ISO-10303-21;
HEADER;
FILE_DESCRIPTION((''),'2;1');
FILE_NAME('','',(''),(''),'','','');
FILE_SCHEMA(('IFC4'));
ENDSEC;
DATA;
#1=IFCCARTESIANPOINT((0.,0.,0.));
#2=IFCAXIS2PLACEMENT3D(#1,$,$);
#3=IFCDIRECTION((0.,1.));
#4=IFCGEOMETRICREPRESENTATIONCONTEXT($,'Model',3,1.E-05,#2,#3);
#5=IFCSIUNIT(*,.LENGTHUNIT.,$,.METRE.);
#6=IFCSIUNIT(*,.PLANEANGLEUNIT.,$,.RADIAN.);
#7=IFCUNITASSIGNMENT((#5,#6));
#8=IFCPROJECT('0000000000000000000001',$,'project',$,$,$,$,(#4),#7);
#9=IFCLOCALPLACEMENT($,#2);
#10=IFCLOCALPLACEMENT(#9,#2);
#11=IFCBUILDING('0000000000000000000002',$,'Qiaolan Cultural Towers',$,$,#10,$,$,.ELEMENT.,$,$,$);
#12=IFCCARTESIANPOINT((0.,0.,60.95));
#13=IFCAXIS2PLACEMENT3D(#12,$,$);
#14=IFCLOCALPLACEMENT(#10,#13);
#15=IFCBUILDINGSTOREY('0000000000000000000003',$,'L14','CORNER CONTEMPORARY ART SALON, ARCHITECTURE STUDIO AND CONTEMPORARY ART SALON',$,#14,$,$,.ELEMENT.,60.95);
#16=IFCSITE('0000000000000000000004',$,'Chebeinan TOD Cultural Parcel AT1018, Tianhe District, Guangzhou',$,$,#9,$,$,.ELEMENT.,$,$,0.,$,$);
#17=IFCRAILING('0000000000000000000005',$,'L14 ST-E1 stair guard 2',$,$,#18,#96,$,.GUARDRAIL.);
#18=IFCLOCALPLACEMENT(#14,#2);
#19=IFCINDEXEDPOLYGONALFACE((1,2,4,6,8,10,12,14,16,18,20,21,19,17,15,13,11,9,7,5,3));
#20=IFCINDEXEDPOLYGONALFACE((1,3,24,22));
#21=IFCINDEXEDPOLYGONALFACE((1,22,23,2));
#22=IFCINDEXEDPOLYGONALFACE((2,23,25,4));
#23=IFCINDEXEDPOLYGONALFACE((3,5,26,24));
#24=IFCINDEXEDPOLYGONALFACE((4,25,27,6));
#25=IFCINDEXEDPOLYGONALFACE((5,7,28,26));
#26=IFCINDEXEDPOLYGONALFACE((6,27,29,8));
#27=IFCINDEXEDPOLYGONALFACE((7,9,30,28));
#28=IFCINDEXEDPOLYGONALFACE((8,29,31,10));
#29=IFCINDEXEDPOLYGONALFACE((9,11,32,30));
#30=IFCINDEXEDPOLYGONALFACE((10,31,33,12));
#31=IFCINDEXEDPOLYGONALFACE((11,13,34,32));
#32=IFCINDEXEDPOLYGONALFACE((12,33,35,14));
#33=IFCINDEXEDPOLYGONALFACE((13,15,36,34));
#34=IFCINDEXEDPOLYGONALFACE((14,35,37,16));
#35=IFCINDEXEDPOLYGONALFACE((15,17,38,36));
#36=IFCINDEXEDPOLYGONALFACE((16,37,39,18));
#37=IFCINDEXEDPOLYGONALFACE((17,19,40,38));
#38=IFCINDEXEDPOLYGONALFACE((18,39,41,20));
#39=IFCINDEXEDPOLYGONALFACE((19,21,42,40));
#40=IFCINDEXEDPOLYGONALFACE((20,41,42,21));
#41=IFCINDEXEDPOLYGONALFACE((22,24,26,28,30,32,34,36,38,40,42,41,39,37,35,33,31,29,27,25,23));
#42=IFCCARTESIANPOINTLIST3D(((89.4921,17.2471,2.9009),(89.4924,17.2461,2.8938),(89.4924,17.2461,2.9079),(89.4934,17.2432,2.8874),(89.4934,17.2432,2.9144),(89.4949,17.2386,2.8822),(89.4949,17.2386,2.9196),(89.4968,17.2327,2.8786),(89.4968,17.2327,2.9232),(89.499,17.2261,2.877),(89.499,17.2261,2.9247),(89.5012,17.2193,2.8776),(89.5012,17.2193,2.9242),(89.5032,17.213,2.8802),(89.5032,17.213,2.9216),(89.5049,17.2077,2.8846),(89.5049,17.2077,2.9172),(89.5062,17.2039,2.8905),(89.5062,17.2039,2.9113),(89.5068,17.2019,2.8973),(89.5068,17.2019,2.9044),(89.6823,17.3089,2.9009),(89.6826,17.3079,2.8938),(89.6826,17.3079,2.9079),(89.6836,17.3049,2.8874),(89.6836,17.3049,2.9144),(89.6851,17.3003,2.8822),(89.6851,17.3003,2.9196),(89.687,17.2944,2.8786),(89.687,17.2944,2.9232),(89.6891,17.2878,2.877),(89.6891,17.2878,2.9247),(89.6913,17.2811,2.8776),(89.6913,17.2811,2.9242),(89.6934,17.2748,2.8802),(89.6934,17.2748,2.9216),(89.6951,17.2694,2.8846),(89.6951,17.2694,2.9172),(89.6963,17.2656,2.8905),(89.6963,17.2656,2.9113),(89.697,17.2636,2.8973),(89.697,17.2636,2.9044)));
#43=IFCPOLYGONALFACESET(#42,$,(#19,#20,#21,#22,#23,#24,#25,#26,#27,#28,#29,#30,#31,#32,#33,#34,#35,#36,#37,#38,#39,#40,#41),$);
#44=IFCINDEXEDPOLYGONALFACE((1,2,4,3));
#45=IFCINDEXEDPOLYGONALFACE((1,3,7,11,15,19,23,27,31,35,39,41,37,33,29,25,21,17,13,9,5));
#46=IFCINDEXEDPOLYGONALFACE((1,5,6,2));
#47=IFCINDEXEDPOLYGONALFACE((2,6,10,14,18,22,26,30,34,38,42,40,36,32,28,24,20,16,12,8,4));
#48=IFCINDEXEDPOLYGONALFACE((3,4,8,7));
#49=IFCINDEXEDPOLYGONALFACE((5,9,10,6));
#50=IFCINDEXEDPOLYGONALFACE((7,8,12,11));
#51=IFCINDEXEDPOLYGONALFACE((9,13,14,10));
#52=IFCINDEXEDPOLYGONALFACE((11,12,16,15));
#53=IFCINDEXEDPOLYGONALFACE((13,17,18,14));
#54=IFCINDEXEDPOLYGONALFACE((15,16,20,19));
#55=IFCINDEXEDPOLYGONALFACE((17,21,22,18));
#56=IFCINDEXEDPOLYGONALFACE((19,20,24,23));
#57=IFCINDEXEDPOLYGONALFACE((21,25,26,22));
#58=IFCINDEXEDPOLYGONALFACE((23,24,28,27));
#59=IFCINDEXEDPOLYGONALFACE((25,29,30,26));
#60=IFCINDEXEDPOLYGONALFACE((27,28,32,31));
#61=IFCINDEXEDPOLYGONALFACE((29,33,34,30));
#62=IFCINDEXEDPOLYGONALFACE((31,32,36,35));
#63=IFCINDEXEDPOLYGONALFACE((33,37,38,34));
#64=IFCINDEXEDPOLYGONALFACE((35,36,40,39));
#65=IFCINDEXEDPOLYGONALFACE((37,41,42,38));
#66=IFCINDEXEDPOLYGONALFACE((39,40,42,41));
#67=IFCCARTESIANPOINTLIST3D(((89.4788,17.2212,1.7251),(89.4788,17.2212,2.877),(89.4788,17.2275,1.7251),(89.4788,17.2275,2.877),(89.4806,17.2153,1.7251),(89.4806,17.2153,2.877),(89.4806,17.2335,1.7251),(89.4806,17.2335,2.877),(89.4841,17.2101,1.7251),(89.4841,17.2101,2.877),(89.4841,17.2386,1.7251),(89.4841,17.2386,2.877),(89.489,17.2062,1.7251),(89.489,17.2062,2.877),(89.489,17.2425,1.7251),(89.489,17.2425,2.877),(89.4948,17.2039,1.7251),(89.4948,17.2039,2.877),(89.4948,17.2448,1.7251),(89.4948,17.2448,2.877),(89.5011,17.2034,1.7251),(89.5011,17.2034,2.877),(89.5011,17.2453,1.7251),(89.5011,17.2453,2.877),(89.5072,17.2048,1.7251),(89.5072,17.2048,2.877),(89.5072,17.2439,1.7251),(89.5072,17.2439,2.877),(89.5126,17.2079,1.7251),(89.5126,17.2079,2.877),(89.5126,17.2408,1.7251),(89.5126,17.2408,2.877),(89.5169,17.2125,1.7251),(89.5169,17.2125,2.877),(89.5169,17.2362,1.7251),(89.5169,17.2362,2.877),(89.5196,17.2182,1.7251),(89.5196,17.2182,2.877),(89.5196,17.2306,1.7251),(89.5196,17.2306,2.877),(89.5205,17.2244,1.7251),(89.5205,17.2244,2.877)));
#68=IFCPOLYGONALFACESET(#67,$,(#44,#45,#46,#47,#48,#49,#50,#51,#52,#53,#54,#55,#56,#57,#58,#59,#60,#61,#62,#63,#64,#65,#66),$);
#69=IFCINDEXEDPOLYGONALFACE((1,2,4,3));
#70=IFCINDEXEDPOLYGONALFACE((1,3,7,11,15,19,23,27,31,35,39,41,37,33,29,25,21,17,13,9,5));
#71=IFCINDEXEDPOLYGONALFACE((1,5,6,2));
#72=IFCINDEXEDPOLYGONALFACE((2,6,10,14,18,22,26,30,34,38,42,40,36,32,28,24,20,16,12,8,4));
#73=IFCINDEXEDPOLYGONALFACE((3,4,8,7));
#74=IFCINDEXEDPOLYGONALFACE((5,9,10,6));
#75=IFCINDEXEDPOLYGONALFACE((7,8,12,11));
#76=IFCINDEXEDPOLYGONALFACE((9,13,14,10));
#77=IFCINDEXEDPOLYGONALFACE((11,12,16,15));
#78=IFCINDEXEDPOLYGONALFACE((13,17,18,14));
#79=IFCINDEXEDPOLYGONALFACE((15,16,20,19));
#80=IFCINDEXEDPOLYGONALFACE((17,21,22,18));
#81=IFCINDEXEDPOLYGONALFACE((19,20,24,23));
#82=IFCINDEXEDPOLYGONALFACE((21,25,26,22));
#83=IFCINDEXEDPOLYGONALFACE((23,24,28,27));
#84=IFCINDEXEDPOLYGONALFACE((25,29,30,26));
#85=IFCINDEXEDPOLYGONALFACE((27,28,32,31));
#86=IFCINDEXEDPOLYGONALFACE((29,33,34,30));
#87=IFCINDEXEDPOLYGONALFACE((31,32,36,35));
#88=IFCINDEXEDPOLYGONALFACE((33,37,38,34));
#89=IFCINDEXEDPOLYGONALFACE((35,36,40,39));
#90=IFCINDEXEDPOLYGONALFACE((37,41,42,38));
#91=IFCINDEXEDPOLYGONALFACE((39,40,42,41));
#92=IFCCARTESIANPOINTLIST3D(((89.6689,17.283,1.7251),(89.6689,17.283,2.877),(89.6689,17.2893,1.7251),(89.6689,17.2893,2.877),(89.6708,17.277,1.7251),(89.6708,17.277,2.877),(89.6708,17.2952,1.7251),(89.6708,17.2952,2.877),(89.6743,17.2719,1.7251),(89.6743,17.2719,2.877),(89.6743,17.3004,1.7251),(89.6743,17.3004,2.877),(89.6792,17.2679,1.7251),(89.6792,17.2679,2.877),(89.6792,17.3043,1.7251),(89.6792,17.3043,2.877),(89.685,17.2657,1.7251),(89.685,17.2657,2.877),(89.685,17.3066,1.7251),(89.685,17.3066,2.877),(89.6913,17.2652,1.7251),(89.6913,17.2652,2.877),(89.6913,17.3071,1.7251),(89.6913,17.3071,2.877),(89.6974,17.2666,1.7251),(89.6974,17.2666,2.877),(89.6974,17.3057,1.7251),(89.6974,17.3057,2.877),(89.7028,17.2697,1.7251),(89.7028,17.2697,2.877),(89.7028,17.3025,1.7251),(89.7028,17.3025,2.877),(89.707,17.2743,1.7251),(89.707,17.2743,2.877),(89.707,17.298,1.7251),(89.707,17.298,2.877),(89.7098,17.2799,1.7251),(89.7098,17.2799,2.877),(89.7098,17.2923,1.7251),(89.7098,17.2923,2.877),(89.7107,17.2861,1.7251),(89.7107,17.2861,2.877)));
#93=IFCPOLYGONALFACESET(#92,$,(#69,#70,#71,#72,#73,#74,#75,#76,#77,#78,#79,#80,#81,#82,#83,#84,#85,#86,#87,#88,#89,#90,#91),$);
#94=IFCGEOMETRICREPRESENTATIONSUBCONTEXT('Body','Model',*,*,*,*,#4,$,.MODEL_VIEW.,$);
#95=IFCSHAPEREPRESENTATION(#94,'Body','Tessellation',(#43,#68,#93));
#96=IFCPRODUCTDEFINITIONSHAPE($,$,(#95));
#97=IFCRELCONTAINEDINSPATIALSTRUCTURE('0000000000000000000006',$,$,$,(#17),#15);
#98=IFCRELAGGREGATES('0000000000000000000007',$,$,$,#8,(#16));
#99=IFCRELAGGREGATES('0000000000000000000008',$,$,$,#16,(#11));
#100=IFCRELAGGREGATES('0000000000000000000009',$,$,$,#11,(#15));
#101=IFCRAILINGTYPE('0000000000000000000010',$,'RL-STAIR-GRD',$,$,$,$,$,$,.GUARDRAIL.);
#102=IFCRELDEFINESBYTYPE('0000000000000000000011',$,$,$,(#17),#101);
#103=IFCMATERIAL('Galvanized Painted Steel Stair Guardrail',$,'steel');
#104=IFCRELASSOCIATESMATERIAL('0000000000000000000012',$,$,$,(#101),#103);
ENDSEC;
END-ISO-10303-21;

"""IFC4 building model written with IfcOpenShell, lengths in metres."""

from ifc_helpers import new_model, si_unit, direction, frame, origin, origin_2d, place, context, subcontext, project, spatial, circle, extrude, material, type_object, element, save


model = new_model("IFC4")

# Units and contexts
model_context = context("Model", 3, precision=1e-05, world=origin(), true_north=direction((0.0, 1.0)))
body_context = subcontext(model_context, "Body", "Model", "MODEL_VIEW")
ifc_project = project(units=[si_unit("LENGTHUNIT", "METRE"), si_unit("PLANEANGLEUNIT", "RADIAN")], contexts=[model_context])

# Site, building, storey
site_placement = place(None, origin())
site = spatial("IfcSite", under=ifc_project, at=site_placement, Name="Chebeinan TOD Cultural Parcel AT1018, Tianhe District, Guangzhou", CompositionType="ELEMENT", RefElevation=0.0)
building_placement = place(site_placement, origin())
building = spatial("IfcBuilding", under=site, at=building_placement, Name="Qiaolan Cultural Towers", CompositionType="ELEMENT")
storey_placement = place(building_placement, frame((0.0, 0.0, 60.95)))
storey = spatial("IfcBuildingStorey", under=building, at=storey_placement, Name="L14", Description="CORNER CONTEMPORARY ART SALON, ARCHITECTURE STUDIO AND CONTEMPORARY ART SALON", CompositionType="ELEMENT", Elevation=60.95)

# Railing
ifc_material_1 = material(Name="Galvanized Painted Steel Stair Guardrail", Category="steel")
railing_type_1 = type_object("IfcRailingType", Name="RL-STAIR-GRD", PredefinedType="GUARDRAIL", material=ifc_material_1)
railing_1_placement = place(storey_placement, frame((89.4995, 17.2244, 1.7251)))
element("IfcRailing", 1, at=railing_1_placement, inside=storey, type_object=railing_type_1, Name="L14 ST-E1 stair guard 2", PredefinedType="GUARDRAIL", context=body_context, shape_type="SweptSolid", body=[
    extrude(circle(Radius=0.0239, at=origin_2d()), frame((0.0, 0.0, 1.1758), z_axis=(0.951097, 0.308893, 0.0), x_axis=(-0.308893, 0.951097, 0.0)), (0.0, 0.0, 1.0), 0.2),
    extrude(circle(Radius=0.021, at=origin_2d()), origin(), (0.0, 0.0, 1.0), 1.1519),
    extrude(circle(Radius=0.021, at=origin_2d()), frame((0.1902, 0.0618, 0.0)), (0.0, 0.0, 1.0), 1.1519),
])

save(model, "model.ifc")
